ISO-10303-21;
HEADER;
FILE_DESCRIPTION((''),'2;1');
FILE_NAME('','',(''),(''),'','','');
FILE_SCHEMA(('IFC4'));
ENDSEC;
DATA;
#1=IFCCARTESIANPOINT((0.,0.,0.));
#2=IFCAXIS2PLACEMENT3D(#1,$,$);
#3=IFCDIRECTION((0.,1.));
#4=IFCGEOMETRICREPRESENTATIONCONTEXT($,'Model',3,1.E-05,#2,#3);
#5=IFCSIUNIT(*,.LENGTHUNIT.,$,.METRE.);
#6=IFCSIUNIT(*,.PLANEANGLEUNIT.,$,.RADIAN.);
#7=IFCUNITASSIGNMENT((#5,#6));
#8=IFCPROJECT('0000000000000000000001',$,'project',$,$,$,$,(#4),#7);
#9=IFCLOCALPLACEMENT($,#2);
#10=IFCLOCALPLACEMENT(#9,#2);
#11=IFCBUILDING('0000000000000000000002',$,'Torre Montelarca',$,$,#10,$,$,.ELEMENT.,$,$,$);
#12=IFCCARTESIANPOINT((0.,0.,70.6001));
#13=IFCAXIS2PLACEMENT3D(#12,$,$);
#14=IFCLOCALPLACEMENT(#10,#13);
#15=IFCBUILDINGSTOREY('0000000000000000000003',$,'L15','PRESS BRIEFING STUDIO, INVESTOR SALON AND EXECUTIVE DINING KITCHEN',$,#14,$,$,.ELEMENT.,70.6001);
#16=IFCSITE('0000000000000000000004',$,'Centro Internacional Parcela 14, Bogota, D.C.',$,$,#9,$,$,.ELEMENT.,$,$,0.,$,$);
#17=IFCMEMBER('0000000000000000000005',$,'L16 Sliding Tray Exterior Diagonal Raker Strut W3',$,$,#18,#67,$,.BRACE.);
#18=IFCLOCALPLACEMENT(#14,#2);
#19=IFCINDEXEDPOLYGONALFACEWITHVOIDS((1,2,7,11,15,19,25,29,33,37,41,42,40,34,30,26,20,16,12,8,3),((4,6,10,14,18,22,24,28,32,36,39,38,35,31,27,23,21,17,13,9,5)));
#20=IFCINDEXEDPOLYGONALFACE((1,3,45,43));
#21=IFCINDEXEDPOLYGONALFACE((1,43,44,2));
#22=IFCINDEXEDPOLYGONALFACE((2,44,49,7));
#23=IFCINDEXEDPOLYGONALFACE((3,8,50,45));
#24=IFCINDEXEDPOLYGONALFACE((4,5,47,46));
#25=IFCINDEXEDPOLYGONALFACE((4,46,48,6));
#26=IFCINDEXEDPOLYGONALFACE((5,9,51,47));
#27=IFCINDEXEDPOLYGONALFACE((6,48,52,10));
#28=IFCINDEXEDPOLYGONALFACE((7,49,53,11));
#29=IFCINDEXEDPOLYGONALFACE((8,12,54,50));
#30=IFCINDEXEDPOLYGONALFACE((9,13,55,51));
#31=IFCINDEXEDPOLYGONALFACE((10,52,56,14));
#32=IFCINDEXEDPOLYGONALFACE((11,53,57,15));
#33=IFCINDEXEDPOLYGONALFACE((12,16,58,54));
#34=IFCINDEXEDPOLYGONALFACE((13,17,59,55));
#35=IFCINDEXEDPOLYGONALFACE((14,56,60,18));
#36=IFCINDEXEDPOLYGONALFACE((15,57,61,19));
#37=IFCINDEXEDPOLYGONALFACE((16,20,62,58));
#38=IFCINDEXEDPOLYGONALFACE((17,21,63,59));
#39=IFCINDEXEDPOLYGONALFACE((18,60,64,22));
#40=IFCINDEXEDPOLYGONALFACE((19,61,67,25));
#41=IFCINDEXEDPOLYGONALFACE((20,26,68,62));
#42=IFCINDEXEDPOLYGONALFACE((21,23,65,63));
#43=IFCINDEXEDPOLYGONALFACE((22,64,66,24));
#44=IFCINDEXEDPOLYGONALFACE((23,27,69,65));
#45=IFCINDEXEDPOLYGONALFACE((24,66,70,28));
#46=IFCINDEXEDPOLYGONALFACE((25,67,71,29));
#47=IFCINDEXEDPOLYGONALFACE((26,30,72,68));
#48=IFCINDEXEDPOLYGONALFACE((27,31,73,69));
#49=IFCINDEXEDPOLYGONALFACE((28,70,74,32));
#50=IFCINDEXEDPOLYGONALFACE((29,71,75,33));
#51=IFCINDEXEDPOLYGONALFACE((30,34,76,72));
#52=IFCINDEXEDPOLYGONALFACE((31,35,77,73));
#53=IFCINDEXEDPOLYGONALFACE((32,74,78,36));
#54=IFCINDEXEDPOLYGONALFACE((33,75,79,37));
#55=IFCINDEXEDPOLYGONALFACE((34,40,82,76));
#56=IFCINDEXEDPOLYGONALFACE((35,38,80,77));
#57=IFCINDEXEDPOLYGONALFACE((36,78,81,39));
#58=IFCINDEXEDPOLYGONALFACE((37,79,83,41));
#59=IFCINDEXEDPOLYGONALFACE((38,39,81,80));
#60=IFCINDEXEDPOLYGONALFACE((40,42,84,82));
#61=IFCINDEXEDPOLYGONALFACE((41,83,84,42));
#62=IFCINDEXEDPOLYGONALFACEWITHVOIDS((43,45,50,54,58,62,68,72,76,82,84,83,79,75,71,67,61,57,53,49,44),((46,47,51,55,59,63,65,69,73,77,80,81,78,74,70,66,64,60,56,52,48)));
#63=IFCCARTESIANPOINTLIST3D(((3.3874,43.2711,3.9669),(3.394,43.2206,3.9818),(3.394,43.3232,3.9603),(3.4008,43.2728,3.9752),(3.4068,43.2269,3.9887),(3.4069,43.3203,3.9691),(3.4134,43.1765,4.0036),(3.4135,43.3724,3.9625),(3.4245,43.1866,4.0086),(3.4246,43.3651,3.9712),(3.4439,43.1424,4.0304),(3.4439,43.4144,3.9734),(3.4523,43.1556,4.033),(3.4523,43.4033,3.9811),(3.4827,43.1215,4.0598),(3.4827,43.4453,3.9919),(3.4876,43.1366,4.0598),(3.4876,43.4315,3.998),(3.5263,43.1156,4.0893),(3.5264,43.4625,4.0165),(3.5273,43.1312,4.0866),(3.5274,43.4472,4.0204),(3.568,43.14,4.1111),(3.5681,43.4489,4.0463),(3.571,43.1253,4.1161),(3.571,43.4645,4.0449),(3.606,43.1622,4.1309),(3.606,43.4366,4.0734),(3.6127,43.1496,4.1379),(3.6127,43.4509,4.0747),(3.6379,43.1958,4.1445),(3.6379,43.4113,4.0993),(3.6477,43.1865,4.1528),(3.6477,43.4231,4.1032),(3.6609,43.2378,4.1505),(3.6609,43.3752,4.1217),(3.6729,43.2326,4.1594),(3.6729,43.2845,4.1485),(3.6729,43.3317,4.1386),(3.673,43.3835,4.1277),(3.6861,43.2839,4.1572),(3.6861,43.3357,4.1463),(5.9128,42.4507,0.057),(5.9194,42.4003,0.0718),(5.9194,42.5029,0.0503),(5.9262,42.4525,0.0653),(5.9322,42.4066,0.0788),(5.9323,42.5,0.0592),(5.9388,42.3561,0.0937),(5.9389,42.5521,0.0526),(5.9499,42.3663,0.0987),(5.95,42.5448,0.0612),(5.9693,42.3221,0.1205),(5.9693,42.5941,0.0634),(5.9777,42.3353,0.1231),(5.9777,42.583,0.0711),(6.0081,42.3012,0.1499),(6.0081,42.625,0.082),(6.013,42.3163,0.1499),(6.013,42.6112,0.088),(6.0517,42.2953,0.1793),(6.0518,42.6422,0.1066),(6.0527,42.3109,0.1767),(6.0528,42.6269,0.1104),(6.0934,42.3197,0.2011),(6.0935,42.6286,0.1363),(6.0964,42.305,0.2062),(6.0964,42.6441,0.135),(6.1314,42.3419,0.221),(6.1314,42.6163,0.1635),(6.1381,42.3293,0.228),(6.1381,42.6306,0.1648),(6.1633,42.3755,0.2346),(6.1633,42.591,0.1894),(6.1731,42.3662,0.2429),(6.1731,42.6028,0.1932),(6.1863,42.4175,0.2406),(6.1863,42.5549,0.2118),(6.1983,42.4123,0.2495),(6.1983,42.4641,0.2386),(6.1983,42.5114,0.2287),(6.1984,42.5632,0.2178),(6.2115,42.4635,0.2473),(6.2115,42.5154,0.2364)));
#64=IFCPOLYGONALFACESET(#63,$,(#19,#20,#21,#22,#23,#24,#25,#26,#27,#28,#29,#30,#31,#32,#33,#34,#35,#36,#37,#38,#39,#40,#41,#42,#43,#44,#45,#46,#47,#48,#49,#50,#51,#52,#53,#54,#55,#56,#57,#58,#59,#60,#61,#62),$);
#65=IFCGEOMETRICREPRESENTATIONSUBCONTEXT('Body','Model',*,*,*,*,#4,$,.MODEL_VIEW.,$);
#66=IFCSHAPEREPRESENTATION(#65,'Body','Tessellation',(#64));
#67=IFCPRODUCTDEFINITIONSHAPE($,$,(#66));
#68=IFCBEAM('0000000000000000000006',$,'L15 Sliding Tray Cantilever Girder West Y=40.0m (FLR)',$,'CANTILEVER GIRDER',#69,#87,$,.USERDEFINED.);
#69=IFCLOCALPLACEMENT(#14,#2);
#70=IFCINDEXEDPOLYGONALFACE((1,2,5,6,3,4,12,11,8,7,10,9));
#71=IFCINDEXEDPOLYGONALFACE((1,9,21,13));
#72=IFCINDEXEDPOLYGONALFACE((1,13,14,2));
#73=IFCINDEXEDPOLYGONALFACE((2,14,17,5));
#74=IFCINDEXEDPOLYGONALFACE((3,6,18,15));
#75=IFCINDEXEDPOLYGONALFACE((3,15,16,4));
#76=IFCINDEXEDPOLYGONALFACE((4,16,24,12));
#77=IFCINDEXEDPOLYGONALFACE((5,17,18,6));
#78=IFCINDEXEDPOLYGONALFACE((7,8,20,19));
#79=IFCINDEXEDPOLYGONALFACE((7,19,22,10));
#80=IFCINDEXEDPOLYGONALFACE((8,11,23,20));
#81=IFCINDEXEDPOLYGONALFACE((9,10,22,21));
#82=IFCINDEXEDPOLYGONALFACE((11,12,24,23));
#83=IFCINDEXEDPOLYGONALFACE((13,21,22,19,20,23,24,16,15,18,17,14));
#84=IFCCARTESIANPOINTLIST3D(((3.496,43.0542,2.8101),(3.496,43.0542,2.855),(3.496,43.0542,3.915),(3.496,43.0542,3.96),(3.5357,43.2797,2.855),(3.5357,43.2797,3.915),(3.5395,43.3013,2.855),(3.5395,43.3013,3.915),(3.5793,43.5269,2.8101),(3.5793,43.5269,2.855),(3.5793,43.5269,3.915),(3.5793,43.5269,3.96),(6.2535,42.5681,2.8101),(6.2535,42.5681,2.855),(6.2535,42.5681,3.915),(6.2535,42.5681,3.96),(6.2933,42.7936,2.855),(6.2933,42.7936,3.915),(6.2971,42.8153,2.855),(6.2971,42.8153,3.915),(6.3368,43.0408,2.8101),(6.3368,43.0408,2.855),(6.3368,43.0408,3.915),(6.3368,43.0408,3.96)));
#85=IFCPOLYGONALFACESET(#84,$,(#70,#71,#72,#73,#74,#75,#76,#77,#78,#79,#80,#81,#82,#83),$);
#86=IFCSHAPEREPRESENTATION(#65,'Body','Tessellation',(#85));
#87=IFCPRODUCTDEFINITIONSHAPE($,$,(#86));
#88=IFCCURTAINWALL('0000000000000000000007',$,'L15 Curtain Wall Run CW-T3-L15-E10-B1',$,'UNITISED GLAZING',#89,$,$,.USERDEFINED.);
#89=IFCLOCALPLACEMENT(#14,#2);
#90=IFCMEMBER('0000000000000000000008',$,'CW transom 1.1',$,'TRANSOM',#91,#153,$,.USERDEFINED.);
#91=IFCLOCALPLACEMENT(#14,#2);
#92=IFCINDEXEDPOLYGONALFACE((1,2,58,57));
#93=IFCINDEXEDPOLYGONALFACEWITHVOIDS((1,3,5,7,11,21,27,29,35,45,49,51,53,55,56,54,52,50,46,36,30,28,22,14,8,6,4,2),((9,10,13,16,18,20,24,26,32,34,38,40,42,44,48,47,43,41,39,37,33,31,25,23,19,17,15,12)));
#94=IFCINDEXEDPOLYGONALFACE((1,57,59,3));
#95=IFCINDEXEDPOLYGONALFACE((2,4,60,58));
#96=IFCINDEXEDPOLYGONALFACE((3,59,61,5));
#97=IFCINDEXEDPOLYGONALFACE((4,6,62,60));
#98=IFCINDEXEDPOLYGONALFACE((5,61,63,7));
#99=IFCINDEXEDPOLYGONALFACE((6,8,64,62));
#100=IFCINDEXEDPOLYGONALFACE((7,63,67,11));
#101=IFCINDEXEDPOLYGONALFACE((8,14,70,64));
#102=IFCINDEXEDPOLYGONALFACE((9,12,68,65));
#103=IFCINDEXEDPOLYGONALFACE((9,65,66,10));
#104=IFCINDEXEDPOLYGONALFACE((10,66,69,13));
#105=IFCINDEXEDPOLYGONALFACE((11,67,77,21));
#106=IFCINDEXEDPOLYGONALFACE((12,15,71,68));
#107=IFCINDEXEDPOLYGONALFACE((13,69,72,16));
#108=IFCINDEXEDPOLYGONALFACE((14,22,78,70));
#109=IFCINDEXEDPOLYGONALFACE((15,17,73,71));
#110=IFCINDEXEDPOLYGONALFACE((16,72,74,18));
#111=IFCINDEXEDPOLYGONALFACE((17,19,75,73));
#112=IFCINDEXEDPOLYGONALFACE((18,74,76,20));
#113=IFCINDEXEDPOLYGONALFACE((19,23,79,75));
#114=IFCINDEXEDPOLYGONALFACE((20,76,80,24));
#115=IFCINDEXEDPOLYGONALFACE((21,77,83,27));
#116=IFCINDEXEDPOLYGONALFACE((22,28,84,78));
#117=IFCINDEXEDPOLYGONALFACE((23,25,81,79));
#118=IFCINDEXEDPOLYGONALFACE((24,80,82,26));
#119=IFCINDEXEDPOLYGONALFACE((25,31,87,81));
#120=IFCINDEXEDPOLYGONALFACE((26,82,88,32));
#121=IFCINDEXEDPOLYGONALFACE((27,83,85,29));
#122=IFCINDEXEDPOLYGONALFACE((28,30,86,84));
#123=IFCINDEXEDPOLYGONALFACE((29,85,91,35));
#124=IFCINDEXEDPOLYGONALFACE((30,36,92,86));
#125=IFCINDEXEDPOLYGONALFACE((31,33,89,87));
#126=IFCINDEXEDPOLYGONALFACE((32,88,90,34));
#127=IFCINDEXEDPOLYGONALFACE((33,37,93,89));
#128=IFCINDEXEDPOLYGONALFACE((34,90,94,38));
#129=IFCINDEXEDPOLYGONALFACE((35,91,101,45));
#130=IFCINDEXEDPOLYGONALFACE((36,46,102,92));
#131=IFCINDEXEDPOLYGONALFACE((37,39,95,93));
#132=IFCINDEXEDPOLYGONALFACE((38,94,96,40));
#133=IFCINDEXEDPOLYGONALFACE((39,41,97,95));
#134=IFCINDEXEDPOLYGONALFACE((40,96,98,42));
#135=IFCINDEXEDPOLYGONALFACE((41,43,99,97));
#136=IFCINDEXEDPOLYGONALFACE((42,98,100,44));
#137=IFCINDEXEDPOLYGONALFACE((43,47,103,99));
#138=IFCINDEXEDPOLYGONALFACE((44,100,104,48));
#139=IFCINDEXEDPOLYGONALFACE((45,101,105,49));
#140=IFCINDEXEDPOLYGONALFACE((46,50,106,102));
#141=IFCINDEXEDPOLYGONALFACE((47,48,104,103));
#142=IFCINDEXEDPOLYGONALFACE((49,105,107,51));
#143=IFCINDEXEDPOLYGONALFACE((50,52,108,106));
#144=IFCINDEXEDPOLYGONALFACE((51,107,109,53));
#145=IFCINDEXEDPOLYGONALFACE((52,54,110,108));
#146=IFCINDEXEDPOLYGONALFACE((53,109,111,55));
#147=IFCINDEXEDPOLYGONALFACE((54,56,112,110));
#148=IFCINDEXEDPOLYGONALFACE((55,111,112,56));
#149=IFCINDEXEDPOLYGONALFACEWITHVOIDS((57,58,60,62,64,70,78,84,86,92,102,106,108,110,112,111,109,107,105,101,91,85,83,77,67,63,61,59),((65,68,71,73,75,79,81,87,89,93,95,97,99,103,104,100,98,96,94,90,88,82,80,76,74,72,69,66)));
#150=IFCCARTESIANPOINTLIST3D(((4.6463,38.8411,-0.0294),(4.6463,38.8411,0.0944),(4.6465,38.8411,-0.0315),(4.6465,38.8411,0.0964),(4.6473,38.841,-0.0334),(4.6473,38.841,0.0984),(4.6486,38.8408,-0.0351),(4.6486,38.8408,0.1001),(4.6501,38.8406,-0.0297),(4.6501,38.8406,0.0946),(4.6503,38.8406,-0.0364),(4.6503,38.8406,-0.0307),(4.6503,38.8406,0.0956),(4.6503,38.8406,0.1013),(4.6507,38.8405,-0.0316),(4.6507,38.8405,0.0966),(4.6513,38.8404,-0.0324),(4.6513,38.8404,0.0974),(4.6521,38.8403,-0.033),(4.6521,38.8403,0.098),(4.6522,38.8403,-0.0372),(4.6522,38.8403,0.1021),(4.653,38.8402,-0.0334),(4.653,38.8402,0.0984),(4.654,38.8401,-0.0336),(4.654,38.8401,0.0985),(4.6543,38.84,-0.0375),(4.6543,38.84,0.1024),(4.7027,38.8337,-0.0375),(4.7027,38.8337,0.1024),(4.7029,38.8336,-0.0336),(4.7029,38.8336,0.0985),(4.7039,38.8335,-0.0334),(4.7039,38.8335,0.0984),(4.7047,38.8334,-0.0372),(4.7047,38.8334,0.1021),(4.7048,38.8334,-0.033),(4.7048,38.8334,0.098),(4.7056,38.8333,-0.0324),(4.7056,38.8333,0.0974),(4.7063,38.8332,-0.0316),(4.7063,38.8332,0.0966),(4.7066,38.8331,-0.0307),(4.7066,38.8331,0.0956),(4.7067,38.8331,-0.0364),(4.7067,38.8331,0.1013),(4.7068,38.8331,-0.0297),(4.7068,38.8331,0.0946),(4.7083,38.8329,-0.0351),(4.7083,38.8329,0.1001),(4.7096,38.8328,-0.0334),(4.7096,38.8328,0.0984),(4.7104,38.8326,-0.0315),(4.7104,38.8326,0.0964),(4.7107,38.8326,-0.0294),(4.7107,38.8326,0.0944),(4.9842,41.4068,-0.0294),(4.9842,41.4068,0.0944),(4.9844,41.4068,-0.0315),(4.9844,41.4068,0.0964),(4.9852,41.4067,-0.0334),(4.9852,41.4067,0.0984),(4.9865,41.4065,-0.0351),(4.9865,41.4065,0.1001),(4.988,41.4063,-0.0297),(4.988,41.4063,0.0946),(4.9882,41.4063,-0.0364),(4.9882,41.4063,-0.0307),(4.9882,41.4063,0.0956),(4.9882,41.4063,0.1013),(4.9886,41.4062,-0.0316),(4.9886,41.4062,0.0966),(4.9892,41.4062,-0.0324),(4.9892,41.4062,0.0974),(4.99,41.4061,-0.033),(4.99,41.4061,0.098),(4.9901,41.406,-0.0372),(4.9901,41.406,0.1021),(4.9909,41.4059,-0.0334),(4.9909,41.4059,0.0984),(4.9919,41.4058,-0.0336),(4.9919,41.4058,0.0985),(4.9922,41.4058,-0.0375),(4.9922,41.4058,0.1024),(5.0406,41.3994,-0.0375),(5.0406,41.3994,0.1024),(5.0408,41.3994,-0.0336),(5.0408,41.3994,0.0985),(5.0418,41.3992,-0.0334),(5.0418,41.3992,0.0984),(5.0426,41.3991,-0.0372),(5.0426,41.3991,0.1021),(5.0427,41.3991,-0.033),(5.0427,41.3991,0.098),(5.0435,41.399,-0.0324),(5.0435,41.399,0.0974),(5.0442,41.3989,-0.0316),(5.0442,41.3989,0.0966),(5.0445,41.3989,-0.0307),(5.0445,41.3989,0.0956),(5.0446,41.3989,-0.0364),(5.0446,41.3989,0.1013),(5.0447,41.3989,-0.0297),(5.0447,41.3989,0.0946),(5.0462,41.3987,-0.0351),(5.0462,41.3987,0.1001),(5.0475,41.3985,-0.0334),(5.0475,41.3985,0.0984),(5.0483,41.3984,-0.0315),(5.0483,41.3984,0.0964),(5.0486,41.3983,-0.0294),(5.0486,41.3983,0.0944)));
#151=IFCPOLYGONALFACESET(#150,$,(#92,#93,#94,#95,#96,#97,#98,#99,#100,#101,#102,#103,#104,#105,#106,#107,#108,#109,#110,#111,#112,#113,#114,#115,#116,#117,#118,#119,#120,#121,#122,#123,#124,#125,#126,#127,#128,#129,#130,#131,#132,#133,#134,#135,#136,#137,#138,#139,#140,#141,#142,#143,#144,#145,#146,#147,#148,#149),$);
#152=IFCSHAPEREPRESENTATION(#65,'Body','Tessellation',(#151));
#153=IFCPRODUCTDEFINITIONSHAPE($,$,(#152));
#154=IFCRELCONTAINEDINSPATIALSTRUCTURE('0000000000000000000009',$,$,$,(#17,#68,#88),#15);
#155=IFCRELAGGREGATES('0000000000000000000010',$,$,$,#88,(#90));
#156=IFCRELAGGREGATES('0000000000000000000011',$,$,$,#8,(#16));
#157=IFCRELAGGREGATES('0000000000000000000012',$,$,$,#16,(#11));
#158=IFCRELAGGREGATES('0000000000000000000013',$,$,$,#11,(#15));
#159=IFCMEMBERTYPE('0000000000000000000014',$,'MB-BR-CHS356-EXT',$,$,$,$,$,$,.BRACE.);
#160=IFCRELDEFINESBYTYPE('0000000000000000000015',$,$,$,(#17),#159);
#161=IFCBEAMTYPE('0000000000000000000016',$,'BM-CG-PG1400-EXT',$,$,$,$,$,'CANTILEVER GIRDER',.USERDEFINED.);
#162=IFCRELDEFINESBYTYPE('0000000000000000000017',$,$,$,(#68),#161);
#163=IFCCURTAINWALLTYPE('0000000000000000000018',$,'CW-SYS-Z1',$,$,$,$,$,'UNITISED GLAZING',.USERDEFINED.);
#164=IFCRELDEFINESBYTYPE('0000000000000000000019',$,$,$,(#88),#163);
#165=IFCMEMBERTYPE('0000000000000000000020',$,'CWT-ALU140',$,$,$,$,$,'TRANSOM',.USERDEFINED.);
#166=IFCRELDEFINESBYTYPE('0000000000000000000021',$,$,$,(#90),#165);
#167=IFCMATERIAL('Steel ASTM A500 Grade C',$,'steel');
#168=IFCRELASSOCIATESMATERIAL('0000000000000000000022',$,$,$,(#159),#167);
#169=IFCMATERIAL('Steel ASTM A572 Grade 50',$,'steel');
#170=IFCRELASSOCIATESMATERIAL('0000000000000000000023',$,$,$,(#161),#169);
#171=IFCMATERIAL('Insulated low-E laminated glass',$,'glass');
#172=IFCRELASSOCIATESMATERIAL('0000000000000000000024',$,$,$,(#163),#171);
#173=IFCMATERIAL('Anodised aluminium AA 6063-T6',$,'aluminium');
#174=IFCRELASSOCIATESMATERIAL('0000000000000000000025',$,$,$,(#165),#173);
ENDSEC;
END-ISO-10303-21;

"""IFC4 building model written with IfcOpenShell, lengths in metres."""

from ifc_helpers import new_model, si_unit, direction, frame, origin, origin_2d, place, context, subcontext, project, spatial, hollow_rectangle, hollow_circle, i_section, extrude, source, transform, mapped, material, material_profile, profile_set, type_object, element, aggregate, save


model = new_model("IFC4")

# Units and contexts
model_context = context("Model", 3, precision=1e-05, world=origin(), true_north=direction((0.0, 1.0)))
body_context = subcontext(model_context, "Body", "Model", "MODEL_VIEW")
ifc_project = project(units=[si_unit("LENGTHUNIT", "METRE"), si_unit("PLANEANGLEUNIT", "RADIAN")], contexts=[model_context])

# Site, building, storey
site_placement = place(None, origin())
site = spatial("IfcSite", under=ifc_project, at=site_placement, Name="Centro Internacional Parcela 14, Bogota, D.C.", CompositionType="ELEMENT", RefElevation=0.0)
building_placement = place(site_placement, origin())
building = spatial("IfcBuilding", under=site, at=building_placement, Name="Torre Montelarca", CompositionType="ELEMENT")
storey_placement = place(building_placement, frame((0.0, 0.0, 70.6001)))
storey = spatial("IfcBuildingStorey", under=building, at=storey_placement, Name="L15", Description="PRESS BRIEFING STUDIO, INVESTOR SALON AND EXECUTIVE DINING KITCHEN", CompositionType="ELEMENT", Elevation=70.6001)

# Member
ifc_material_1 = material(Name="Steel ASTM A500 Grade C", Category="steel")
ifc_material_profile_1 = material_profile(ifc_material_1, hollow_circle(Radius=0.1777, WallThickness=0.0159, at=origin_2d()), Name="HSS355.6X15.9", Category="steel")
ifc_profile_set_1 = profile_set([ifc_material_profile_1], Name="Steel ASTM A500 Grade C")
member_type_1 = type_object("IfcMemberType", Name="MB-BR-CHS356-EXT", PredefinedType="BRACE", material=ifc_profile_set_1)
shared_shape_1 = source(origin(), body_context, "Body", "SweptSolid", [
    extrude(hollow_circle(Radius=0.1777, WallThickness=0.0159, at=origin_2d()), origin(), (0.0, 0.0, 1.0), 4.7263),
])
member_1_placement = place(storey_placement, frame((6.063, 42.4702, 0.1499), z_axis=(-0.534327, 0.173563, 0.827267), x_axis=(-0.308936, -0.951083, 0.0)))
element("IfcMember", 1, at=member_1_placement, inside=storey, type_object=member_type_1, Name="L16 Sliding Tray Exterior Diagonal Raker Strut W3", PredefinedType="BRACE", context=body_context, shape_type="MappedRepresentation", body=[
    mapped(shared_shape_1, transform((0.0, 0.0, 0.0), scale=1.0)),
])

# Beam
ifc_material_2 = material(Name="Steel ASTM A572 Grade 50", Category="steel")
ifc_material_profile_2 = material_profile(ifc_material_2, i_section(OverallWidth=0.48, OverallDepth=1.1499, WebThickness=0.022, FlangeThickness=0.0449, at=origin_2d()), Name="PG1150X480X22X45", Category="steel")
ifc_profile_set_2 = profile_set([ifc_material_profile_2], Name="Steel ASTM A572 Grade 50")
beam_type = type_object("IfcBeamType", Name="BM-CG-PG1400-EXT", ElementType="CANTILEVER GIRDER", PredefinedType="USERDEFINED", material=ifc_profile_set_2)
shared_shape_2 = source(origin(), body_context, "Body", "SweptSolid", [
    extrude(i_section(OverallWidth=0.48, OverallDepth=1.1499, WebThickness=0.022, FlangeThickness=0.0449, at=origin_2d()), origin(), (0.0, 0.0, 1.0), 2.8),
])
beam_placement = place(storey_placement, frame((6.2952, 42.8044, 3.385), z_axis=(-0.984817, 0.173596, 0.0), x_axis=(-0.173596, -0.984817, 0.0)))
element("IfcBeam", 2, at=beam_placement, inside=storey, type_object=beam_type, Name="L15 Sliding Tray Cantilever Girder West Y=40.0m (FLR)", ObjectType="CANTILEVER GIRDER", PredefinedType="USERDEFINED", context=body_context, shape_type="MappedRepresentation", body=[
    mapped(shared_shape_2, transform((0.0, 0.0, 0.0), scale=1.0)),
])

# Curtain wall, member
ifc_material_3 = material(Name="Insulated low-E laminated glass", Category="glass")
curtain_wall_type = type_object("IfcCurtainWallType", Name="CW-SYS-Z1", ElementType="UNITISED GLAZING", PredefinedType="USERDEFINED", material=ifc_material_3)
curtain_wall_1_placement = place(storey_placement, origin())
curtain_wall_1 = element("IfcCurtainWall", 3, at=curtain_wall_1_placement, inside=storey, type_object=curtain_wall_type, Name="L15 Curtain Wall Run CW-T3-L15-E10-B1", ObjectType="UNITISED GLAZING", PredefinedType="USERDEFINED")
ifc_material_4 = material(Name="Anodised aluminium AA 6063-T6", Category="aluminium")
ifc_material_profile_3 = material_profile(ifc_material_4, hollow_rectangle(XDim=0.0649, YDim=0.1399, WallThickness=0.0039, InnerFilletRadius=0.0039, OuterFilletRadius=0.0081, at=origin_2d()), Name="ALU65X140X4", Category="aluminium")
ifc_profile_set_3 = profile_set([ifc_material_profile_3], Name="Anodised aluminium AA 6063-T6")
member_type_2 = type_object("IfcMemberType", Name="CWT-ALU140", ElementType="TRANSOM", PredefinedType="USERDEFINED", material=ifc_profile_set_3)
shared_shape_3 = source(origin(), body_context, "Body", "SweptSolid", [
    extrude(hollow_rectangle(XDim=0.0649, YDim=0.1399, WallThickness=0.0039, InnerFilletRadius=0.0039, OuterFilletRadius=0.0081, at=origin_2d()), origin(), (0.0, 0.0, 1.0), 2.5879),
])
member_2_placement = place(storey_placement, frame((5.0164, 41.4026, 0.0325), z_axis=(-0.130569, -0.991439, 0.0), x_axis=(0.991439, -0.130569, 0.0)))
member_2 = element("IfcMember", 4, at=member_2_placement, type_object=member_type_2, Name="CW transom 1.1", ObjectType="TRANSOM", PredefinedType="USERDEFINED", context=body_context, shape_type="MappedRepresentation", body=[
    mapped(shared_shape_3, transform((0.0, 0.0, 0.0), scale=1.0)),
])

aggregate(curtain_wall_1, [member_2])

save(model, "model.ifc")
